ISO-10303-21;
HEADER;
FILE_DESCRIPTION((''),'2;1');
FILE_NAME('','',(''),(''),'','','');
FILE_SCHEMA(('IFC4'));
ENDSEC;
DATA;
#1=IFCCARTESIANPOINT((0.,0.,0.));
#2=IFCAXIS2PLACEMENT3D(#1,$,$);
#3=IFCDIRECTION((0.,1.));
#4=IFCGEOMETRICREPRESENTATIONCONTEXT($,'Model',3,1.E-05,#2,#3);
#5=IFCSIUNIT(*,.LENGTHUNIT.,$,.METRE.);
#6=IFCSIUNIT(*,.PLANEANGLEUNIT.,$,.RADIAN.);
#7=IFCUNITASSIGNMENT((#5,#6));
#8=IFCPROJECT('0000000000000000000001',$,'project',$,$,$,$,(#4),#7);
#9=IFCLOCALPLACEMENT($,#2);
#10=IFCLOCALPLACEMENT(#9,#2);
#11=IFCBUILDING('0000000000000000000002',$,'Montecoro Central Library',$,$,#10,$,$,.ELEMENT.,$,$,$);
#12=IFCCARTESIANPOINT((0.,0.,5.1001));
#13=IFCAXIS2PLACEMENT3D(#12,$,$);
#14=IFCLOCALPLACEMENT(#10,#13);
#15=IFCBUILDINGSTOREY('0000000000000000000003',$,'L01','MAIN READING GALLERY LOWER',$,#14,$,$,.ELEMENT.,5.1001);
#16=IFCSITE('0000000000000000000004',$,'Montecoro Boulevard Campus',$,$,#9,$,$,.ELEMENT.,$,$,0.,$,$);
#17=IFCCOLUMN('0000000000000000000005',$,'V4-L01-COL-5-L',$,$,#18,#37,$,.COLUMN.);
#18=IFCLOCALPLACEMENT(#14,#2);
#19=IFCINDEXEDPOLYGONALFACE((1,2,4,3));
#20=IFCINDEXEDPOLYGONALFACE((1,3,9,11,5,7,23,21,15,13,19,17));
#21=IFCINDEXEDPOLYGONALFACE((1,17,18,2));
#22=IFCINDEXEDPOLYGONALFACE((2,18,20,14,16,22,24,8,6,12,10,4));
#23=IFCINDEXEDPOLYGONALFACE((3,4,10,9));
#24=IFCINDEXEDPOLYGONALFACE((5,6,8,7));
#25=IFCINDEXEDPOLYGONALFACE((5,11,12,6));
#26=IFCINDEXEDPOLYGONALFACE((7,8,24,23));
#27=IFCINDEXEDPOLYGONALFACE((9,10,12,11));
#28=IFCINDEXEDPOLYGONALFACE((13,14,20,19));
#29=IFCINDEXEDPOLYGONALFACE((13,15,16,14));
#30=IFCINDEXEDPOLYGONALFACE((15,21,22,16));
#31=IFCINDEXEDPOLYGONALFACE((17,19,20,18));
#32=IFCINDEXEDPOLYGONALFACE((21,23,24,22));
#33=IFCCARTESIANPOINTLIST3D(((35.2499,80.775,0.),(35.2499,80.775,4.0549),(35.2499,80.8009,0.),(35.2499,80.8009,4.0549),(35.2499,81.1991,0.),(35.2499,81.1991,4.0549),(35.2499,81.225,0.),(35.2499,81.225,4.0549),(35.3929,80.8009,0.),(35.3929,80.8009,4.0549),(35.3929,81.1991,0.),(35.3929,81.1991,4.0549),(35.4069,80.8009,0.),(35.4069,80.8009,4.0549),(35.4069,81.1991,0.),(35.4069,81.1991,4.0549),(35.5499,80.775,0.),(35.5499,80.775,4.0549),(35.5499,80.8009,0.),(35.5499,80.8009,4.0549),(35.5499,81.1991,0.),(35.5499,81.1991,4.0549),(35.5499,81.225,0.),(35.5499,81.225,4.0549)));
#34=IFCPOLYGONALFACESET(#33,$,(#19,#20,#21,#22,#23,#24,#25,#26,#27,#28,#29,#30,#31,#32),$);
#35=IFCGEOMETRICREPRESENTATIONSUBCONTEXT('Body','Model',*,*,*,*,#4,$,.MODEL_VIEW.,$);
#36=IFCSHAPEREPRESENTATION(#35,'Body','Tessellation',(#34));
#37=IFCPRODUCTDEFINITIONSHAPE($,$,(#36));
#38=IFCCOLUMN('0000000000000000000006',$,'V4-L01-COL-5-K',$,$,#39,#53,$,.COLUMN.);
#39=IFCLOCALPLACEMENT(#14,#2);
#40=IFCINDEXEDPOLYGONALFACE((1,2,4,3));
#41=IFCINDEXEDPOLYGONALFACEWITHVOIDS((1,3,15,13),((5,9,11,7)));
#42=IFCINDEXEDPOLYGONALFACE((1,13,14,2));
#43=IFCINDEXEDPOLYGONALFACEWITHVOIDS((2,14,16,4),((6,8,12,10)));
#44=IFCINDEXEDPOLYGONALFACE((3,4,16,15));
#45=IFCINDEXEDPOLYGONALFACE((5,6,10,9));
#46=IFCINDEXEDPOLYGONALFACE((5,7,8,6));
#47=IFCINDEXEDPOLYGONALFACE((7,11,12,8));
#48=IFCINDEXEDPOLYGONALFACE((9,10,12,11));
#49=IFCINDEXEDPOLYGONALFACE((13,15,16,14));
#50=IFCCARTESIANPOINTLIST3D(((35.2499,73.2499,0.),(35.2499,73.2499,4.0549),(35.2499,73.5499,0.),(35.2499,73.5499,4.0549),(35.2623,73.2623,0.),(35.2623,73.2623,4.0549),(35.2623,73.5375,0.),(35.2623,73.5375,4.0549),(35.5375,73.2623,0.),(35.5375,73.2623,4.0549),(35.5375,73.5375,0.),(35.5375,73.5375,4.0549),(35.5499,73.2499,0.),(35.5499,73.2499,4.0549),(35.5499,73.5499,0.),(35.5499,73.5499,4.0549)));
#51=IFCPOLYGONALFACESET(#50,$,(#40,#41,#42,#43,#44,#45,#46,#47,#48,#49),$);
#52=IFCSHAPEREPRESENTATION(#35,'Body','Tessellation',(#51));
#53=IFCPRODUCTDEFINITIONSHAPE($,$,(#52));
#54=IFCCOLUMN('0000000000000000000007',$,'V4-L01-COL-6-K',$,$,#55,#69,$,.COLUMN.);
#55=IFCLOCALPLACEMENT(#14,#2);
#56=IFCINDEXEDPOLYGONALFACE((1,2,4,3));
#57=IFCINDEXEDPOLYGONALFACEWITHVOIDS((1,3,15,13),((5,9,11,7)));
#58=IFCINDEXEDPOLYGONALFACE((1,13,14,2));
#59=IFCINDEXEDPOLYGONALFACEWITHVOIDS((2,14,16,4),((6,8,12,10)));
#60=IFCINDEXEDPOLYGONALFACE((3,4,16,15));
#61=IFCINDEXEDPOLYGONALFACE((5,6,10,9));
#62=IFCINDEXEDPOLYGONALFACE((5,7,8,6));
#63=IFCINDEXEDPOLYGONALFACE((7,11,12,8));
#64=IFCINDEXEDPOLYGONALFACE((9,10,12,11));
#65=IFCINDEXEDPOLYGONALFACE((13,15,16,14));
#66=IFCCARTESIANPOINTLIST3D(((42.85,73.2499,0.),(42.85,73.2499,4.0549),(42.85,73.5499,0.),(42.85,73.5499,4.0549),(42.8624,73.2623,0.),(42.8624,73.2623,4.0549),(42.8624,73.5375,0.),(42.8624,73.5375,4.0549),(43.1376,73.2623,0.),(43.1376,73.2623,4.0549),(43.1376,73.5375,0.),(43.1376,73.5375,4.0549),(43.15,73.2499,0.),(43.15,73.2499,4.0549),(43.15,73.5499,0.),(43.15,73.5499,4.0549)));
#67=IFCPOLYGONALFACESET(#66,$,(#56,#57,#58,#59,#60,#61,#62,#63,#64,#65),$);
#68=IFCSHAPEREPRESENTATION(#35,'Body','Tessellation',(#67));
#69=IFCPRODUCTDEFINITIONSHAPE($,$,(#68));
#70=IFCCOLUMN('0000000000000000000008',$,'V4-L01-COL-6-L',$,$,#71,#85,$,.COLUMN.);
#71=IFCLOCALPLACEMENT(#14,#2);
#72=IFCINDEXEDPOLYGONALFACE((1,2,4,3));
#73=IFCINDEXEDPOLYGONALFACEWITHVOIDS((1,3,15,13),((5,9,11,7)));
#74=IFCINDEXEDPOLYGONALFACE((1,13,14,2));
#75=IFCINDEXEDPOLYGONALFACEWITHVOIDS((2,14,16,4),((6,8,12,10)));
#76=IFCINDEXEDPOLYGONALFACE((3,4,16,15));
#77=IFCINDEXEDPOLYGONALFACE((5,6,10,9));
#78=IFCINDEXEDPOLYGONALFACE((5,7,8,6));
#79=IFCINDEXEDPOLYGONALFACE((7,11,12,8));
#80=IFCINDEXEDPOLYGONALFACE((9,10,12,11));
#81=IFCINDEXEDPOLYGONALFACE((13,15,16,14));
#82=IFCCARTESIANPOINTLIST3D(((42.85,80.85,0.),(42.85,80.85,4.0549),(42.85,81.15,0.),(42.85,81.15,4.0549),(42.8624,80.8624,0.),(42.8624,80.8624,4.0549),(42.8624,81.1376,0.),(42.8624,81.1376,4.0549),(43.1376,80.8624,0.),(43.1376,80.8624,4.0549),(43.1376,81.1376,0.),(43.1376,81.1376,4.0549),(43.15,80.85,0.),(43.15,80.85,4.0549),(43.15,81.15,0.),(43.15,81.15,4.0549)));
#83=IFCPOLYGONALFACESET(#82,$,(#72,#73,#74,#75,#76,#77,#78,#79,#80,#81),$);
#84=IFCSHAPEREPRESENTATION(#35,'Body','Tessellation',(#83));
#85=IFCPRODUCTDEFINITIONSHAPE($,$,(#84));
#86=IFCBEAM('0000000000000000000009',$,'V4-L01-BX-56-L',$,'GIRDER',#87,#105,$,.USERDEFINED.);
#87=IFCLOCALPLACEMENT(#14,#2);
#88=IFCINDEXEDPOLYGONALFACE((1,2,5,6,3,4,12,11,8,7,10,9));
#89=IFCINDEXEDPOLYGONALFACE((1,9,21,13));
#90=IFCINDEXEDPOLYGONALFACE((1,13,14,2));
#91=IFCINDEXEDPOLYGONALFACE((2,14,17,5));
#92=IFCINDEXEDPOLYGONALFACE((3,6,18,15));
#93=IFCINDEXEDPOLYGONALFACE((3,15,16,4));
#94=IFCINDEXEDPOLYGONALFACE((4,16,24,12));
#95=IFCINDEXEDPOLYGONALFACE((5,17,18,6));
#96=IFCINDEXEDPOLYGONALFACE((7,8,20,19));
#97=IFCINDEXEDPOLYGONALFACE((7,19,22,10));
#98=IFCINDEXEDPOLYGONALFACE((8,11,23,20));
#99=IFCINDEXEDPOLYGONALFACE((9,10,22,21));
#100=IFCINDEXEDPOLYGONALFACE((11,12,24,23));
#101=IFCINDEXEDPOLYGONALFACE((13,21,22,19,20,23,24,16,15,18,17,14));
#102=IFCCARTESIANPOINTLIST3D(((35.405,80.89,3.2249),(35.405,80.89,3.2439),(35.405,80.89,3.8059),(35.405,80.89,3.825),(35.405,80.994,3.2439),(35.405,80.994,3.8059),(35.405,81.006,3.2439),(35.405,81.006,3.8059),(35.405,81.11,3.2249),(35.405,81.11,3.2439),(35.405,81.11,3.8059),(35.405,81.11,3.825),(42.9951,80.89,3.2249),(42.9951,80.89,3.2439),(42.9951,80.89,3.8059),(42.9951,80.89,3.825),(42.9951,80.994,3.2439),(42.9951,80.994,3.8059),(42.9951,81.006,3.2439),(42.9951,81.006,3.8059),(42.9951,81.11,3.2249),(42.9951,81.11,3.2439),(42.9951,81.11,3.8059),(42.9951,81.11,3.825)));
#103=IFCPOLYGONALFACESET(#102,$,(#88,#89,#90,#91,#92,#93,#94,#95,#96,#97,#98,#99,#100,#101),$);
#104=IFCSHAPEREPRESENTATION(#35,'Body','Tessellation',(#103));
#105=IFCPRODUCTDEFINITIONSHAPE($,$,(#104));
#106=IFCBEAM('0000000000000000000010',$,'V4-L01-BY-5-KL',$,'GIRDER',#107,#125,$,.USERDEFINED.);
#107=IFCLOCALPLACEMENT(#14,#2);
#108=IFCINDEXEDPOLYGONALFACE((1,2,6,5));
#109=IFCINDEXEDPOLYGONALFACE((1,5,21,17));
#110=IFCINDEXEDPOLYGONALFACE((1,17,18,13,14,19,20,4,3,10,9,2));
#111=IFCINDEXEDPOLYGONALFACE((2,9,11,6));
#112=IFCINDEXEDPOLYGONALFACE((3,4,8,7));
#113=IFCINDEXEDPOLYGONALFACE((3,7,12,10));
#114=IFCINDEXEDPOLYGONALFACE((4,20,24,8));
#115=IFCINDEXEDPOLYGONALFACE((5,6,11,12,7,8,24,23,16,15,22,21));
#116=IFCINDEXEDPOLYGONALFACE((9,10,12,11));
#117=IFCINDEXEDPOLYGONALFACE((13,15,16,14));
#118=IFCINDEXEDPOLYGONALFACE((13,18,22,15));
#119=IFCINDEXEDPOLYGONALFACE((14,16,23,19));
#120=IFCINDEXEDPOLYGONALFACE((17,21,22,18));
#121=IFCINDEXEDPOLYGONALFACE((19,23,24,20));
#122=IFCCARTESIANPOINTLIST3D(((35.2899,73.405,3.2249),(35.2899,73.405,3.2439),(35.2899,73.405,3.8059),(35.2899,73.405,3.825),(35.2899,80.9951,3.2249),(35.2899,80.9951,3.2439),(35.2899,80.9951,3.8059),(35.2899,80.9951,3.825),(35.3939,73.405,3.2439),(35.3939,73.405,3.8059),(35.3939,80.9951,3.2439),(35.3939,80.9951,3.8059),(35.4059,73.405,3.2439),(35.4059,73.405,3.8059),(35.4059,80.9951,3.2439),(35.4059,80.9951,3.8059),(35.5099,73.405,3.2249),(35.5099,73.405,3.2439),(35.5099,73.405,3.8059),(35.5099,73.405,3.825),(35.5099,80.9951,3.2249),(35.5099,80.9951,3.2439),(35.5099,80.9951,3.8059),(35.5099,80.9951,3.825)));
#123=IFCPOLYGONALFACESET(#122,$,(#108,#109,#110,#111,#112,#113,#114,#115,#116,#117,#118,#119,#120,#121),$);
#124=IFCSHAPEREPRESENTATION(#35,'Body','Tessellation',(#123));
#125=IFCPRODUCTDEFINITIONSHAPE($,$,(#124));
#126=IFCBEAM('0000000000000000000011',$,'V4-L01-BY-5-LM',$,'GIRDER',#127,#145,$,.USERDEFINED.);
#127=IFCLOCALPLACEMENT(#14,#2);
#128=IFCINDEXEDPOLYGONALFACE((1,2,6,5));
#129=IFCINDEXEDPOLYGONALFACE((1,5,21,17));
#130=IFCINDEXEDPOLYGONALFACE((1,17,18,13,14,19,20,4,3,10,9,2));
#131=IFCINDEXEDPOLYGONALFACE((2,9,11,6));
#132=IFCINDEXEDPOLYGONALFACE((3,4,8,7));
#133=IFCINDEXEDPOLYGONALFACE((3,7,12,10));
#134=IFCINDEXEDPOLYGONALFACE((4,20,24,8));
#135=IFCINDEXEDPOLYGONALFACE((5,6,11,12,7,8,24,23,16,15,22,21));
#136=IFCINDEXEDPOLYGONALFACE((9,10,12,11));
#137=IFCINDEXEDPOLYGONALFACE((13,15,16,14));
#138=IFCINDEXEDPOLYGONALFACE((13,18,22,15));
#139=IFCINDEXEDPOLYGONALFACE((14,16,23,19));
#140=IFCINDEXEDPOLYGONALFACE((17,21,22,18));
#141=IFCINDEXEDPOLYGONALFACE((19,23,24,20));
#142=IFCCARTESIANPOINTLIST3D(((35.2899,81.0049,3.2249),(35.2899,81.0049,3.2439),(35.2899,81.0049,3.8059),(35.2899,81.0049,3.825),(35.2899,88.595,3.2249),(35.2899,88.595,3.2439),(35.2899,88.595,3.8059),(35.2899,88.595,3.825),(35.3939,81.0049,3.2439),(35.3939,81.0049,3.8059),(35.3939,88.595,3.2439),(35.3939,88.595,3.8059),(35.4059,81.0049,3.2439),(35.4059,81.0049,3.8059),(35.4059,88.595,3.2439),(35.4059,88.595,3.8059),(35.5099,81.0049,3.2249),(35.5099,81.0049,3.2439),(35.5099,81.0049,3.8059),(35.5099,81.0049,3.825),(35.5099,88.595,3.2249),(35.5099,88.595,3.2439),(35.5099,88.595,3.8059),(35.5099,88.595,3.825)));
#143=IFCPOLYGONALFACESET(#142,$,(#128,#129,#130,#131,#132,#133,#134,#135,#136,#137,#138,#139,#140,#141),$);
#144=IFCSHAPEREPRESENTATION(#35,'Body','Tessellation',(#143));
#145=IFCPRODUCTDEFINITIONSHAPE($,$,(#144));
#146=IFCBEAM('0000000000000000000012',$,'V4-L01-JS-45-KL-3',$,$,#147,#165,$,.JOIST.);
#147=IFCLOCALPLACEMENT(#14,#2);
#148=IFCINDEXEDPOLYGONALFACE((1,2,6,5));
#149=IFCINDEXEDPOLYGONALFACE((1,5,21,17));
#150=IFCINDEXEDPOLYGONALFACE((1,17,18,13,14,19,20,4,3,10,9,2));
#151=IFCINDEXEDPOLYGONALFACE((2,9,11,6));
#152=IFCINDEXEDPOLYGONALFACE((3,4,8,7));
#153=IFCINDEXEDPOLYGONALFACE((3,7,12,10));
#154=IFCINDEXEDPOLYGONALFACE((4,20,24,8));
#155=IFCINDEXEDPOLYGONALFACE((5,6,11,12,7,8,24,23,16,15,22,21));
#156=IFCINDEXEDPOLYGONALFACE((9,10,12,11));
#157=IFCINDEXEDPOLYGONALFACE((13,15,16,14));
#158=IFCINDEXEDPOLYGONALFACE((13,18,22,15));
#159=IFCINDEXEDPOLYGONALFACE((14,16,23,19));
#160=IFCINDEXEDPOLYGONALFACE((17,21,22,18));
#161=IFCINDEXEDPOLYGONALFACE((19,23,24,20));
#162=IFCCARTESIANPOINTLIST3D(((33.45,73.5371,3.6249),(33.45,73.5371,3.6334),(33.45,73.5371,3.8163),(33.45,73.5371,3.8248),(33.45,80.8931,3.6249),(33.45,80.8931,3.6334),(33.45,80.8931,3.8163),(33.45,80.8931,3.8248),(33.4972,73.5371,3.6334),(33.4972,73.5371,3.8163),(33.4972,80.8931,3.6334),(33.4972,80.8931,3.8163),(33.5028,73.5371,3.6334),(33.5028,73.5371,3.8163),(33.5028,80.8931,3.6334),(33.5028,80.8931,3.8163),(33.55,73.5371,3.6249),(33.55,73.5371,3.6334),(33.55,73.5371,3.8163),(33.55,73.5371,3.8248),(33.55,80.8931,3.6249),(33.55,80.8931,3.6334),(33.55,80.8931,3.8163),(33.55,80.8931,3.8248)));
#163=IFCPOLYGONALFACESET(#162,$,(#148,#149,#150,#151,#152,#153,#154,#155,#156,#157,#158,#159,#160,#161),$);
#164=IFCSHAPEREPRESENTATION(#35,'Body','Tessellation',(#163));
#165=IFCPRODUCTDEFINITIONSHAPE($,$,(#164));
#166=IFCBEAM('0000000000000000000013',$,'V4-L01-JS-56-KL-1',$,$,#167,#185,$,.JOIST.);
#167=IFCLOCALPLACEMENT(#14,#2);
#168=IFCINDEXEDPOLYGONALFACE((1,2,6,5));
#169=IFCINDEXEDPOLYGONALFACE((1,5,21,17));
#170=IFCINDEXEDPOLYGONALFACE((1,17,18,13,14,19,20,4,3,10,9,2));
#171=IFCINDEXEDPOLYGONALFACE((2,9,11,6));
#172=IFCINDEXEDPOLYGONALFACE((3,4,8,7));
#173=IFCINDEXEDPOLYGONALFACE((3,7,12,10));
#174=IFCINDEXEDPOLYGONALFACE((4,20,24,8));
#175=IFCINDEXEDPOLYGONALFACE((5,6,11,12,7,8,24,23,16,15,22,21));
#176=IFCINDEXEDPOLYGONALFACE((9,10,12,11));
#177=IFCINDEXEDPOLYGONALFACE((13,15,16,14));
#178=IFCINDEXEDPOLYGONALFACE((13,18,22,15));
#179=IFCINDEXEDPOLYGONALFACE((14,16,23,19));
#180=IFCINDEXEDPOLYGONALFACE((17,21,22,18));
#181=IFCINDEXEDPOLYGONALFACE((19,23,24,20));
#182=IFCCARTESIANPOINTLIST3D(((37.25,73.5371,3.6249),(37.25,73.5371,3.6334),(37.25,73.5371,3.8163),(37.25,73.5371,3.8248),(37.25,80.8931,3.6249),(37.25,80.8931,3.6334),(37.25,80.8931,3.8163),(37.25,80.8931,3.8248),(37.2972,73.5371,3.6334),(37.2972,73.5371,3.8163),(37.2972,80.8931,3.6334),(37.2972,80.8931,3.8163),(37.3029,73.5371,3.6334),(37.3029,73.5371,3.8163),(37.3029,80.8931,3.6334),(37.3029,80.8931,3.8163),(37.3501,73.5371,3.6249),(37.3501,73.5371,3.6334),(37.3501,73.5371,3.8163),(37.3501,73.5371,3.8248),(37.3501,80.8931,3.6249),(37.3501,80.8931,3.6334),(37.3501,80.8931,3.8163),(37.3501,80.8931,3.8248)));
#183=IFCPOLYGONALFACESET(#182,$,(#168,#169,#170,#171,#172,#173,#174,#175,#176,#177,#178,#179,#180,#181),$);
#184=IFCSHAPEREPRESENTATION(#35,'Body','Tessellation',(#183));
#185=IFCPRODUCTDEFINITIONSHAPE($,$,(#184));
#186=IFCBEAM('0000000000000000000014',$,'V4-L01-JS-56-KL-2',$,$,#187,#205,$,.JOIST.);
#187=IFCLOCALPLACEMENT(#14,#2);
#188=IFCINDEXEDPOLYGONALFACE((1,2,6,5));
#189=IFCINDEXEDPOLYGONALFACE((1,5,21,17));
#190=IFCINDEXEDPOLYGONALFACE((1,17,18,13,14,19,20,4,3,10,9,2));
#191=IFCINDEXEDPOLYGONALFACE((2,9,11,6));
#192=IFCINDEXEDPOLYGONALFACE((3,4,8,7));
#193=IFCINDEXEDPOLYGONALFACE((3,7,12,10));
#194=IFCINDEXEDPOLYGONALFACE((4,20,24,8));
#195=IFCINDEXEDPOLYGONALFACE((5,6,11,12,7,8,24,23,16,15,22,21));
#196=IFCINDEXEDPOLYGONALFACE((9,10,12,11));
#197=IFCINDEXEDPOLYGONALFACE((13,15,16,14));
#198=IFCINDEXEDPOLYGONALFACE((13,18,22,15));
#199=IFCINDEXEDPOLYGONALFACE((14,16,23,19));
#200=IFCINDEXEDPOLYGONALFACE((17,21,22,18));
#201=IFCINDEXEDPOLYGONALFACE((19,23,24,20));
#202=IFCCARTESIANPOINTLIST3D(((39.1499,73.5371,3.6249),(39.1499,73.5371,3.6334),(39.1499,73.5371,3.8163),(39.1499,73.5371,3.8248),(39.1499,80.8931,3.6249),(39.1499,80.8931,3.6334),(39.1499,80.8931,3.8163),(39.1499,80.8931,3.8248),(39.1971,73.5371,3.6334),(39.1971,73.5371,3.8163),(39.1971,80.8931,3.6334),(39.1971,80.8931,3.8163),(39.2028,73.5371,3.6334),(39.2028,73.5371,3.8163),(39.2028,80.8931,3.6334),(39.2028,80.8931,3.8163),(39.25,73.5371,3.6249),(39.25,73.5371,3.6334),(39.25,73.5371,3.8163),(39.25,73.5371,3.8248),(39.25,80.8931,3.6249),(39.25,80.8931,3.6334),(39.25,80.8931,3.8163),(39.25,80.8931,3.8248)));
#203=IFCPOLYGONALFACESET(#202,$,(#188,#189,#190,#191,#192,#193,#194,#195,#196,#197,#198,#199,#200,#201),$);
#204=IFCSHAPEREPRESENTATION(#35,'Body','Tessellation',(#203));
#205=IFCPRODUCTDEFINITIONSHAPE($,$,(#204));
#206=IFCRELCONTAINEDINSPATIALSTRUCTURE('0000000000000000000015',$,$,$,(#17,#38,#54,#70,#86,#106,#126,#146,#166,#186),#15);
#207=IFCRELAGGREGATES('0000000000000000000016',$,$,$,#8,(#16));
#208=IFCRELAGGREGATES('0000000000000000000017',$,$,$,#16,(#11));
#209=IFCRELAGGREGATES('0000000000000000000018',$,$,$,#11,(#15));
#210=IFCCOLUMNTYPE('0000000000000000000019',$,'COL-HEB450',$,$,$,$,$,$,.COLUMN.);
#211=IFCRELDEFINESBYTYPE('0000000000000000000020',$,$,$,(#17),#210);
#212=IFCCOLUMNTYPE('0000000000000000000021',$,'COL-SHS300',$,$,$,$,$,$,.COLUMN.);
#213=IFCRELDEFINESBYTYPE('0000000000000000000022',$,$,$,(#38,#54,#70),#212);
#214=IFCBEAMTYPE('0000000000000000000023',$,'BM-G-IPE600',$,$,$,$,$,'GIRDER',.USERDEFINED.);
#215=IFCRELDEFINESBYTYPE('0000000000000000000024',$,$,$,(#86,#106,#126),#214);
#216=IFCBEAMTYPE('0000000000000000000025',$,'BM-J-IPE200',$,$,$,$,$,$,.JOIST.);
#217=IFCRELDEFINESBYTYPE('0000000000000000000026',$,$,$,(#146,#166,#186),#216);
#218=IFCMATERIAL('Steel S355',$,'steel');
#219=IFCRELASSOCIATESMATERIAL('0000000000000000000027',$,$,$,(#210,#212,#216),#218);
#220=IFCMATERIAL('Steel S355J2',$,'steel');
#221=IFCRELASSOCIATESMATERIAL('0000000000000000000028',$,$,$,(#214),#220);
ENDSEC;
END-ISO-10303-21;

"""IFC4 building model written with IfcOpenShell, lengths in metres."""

from ifc_helpers import new_model, si_unit, direction, frame, origin, origin_2d, place, context, subcontext, project, spatial, hollow_rectangle, i_section, extrude, material, material_profile, profile_set, type_object, element, save


model = new_model("IFC4")

# Units and contexts
model_context = context("Model", 3, precision=1e-05, world=origin(), true_north=direction((0.0, 1.0)))
body_context = subcontext(model_context, "Body", "Model", "MODEL_VIEW")
ifc_project = project(units=[si_unit("LENGTHUNIT", "METRE"), si_unit("PLANEANGLEUNIT", "RADIAN")], contexts=[model_context])

# Site, building, storey
site_placement = place(None, origin())
site = spatial("IfcSite", under=ifc_project, at=site_placement, Name="Montecoro Boulevard Campus", CompositionType="ELEMENT", RefElevation=0.0)
building_placement = place(site_placement, origin())
building = spatial("IfcBuilding", under=site, at=building_placement, Name="Montecoro Central Library", CompositionType="ELEMENT")
storey_placement = place(building_placement, frame((0.0, 0.0, 5.1001)))
storey = spatial("IfcBuildingStorey", under=building, at=storey_placement, Name="L01", Description="MAIN READING GALLERY LOWER", CompositionType="ELEMENT", Elevation=5.1001)

# Columns
ifc_material_1 = material(Name="Steel S355", Category="steel")
ifc_material_profile_1 = material_profile(ifc_material_1, i_section(OverallWidth=0.3, OverallDepth=0.45, WebThickness=0.0139, FlangeThickness=0.0259, at=origin_2d()), Name="HEB 450")
ifc_profile_set_1 = profile_set([ifc_material_profile_1], Name="Steel S355")
column_type_1 = type_object("IfcColumnType", Name="COL-HEB450", PredefinedType="COLUMN", material=ifc_profile_set_1)
column_placement = place(storey_placement, frame((35.3999, 81.0, 0.0), z_axis=(0.0, 0.0, 1.0), x_axis=(1.0, 0.0, 0.0)))
element("IfcColumn", 1, at=column_placement, inside=storey, type_object=column_type_1, Name="V4-L01-COL-5-L", PredefinedType="COLUMN", context=body_context, shape_type="SweptSolid", body=[
    extrude(i_section(OverallWidth=0.3, OverallDepth=0.45, WebThickness=0.0139, FlangeThickness=0.0259, at=origin_2d()), origin(), (0.0, 0.0, 1.0), 4.0549),
])
ifc_material_profile_2 = material_profile(ifc_material_1, hollow_rectangle(XDim=0.3, YDim=0.3, WallThickness=0.0125, at=origin_2d()), Name="SHS 300x300x12.5")
ifc_profile_set_2 = profile_set([ifc_material_profile_2], Name="Steel S355")
column_type_2 = type_object("IfcColumnType", Name="COL-SHS300", PredefinedType="COLUMN", material=ifc_profile_set_2)
for number, where, z_axis, x_axis, name in (
    (2, (35.3999, 73.3999, 0.0), (0.0, 0.0, 1.0), (1.0, 0.0, 0.0), "V4-L01-COL-5-K"),
    (3, (43.0, 73.3999, 0.0), (0.0, 0.0, 1.0), (1.0, 0.0, 0.0), "V4-L01-COL-6-K"),
    (4, (43.0, 81.0, 0.0), (0.0, 0.0, 1.0), (1.0, 0.0, 0.0), "V4-L01-COL-6-L"),
):
    element("IfcColumn", number, at=place(storey_placement, frame(where, z_axis=z_axis, x_axis=x_axis)), inside=storey, type_object=column_type_2, Name=name, PredefinedType="COLUMN", context=body_context, shape_type="SweptSolid", body=[
        extrude(hollow_rectangle(XDim=0.3, YDim=0.3, WallThickness=0.0125, at=origin_2d()), origin(), (0.0, 0.0, 1.0), 4.0549),
    ])

# Beams
ifc_material_2 = material(Name="Steel S355J2", Category="steel")
ifc_material_profile_3 = material_profile(ifc_material_2, i_section(OverallWidth=0.22, OverallDepth=0.6001, WebThickness=0.012, FlangeThickness=0.019, at=origin_2d()), Name="IPE 600")
ifc_profile_set_3 = profile_set([ifc_material_profile_3], Name="Steel S355J2")
beam_type_1 = type_object("IfcBeamType", Name="BM-G-IPE600", ElementType="GIRDER", PredefinedType="USERDEFINED", material=ifc_profile_set_3)
for number, where, z_axis, x_axis, name in (
    (5, (35.405, 81.0, 3.5249), (1.0, 0.0, 0.0), (0.0, 1.0, 0.0), "V4-L01-BX-56-L"),
    (6, (35.3999, 73.405, 3.5249), (0.0, 1.0, 0.0), (-1.0, 0.0, 0.0), "V4-L01-BY-5-KL"),
    (7, (35.3999, 81.0049, 3.5249), (0.0, 1.0, 0.0), (-1.0, 0.0, 0.0), "V4-L01-BY-5-LM"),
):
    element("IfcBeam", number, at=place(storey_placement, frame(where, z_axis=z_axis, x_axis=x_axis)), inside=storey, type_object=beam_type_1, Name=name, ObjectType="GIRDER", PredefinedType="USERDEFINED", context=body_context, shape_type="SweptSolid", body=[
        extrude(i_section(OverallWidth=0.22, OverallDepth=0.6001, WebThickness=0.012, FlangeThickness=0.019, at=origin_2d()), origin(), (0.0, 0.0, 1.0), 7.5901),
    ])
ifc_material_profile_4 = material_profile(ifc_material_1, i_section(OverallWidth=0.1001, OverallDepth=0.2, WebThickness=0.0056, FlangeThickness=0.0085, at=origin_2d()), Name="IPE 200")
ifc_profile_set_4 = profile_set([ifc_material_profile_4], Name="Steel S355")
beam_type_2 = type_object("IfcBeamType", Name="BM-J-IPE200", PredefinedType="JOIST", material=ifc_profile_set_4)
for number, where, z_axis, x_axis, name in (
    (8, (33.5, 73.5371, 3.7249), (0.0, 1.0, 0.0), (-1.0, 0.0, 0.0), "V4-L01-JS-45-KL-3"),
    (9, (37.3, 73.5371, 3.7249), (0.0, 1.0, 0.0), (-1.0, 0.0, 0.0), "V4-L01-JS-56-KL-1"),
    (10, (39.2, 73.5371, 3.7249), (0.0, 1.0, 0.0), (-1.0, 0.0, 0.0), "V4-L01-JS-56-KL-2"),
):
    element("IfcBeam", number, at=place(storey_placement, frame(where, z_axis=z_axis, x_axis=x_axis)), inside=storey, type_object=beam_type_2, Name=name, PredefinedType="JOIST", context=body_context, shape_type="SweptSolid", body=[
        extrude(i_section(OverallWidth=0.1001, OverallDepth=0.2, WebThickness=0.0056, FlangeThickness=0.0085, at=origin_2d()), origin(), (0.0, 0.0, 1.0), 7.356),
    ])

save(model, "model.ifc")
